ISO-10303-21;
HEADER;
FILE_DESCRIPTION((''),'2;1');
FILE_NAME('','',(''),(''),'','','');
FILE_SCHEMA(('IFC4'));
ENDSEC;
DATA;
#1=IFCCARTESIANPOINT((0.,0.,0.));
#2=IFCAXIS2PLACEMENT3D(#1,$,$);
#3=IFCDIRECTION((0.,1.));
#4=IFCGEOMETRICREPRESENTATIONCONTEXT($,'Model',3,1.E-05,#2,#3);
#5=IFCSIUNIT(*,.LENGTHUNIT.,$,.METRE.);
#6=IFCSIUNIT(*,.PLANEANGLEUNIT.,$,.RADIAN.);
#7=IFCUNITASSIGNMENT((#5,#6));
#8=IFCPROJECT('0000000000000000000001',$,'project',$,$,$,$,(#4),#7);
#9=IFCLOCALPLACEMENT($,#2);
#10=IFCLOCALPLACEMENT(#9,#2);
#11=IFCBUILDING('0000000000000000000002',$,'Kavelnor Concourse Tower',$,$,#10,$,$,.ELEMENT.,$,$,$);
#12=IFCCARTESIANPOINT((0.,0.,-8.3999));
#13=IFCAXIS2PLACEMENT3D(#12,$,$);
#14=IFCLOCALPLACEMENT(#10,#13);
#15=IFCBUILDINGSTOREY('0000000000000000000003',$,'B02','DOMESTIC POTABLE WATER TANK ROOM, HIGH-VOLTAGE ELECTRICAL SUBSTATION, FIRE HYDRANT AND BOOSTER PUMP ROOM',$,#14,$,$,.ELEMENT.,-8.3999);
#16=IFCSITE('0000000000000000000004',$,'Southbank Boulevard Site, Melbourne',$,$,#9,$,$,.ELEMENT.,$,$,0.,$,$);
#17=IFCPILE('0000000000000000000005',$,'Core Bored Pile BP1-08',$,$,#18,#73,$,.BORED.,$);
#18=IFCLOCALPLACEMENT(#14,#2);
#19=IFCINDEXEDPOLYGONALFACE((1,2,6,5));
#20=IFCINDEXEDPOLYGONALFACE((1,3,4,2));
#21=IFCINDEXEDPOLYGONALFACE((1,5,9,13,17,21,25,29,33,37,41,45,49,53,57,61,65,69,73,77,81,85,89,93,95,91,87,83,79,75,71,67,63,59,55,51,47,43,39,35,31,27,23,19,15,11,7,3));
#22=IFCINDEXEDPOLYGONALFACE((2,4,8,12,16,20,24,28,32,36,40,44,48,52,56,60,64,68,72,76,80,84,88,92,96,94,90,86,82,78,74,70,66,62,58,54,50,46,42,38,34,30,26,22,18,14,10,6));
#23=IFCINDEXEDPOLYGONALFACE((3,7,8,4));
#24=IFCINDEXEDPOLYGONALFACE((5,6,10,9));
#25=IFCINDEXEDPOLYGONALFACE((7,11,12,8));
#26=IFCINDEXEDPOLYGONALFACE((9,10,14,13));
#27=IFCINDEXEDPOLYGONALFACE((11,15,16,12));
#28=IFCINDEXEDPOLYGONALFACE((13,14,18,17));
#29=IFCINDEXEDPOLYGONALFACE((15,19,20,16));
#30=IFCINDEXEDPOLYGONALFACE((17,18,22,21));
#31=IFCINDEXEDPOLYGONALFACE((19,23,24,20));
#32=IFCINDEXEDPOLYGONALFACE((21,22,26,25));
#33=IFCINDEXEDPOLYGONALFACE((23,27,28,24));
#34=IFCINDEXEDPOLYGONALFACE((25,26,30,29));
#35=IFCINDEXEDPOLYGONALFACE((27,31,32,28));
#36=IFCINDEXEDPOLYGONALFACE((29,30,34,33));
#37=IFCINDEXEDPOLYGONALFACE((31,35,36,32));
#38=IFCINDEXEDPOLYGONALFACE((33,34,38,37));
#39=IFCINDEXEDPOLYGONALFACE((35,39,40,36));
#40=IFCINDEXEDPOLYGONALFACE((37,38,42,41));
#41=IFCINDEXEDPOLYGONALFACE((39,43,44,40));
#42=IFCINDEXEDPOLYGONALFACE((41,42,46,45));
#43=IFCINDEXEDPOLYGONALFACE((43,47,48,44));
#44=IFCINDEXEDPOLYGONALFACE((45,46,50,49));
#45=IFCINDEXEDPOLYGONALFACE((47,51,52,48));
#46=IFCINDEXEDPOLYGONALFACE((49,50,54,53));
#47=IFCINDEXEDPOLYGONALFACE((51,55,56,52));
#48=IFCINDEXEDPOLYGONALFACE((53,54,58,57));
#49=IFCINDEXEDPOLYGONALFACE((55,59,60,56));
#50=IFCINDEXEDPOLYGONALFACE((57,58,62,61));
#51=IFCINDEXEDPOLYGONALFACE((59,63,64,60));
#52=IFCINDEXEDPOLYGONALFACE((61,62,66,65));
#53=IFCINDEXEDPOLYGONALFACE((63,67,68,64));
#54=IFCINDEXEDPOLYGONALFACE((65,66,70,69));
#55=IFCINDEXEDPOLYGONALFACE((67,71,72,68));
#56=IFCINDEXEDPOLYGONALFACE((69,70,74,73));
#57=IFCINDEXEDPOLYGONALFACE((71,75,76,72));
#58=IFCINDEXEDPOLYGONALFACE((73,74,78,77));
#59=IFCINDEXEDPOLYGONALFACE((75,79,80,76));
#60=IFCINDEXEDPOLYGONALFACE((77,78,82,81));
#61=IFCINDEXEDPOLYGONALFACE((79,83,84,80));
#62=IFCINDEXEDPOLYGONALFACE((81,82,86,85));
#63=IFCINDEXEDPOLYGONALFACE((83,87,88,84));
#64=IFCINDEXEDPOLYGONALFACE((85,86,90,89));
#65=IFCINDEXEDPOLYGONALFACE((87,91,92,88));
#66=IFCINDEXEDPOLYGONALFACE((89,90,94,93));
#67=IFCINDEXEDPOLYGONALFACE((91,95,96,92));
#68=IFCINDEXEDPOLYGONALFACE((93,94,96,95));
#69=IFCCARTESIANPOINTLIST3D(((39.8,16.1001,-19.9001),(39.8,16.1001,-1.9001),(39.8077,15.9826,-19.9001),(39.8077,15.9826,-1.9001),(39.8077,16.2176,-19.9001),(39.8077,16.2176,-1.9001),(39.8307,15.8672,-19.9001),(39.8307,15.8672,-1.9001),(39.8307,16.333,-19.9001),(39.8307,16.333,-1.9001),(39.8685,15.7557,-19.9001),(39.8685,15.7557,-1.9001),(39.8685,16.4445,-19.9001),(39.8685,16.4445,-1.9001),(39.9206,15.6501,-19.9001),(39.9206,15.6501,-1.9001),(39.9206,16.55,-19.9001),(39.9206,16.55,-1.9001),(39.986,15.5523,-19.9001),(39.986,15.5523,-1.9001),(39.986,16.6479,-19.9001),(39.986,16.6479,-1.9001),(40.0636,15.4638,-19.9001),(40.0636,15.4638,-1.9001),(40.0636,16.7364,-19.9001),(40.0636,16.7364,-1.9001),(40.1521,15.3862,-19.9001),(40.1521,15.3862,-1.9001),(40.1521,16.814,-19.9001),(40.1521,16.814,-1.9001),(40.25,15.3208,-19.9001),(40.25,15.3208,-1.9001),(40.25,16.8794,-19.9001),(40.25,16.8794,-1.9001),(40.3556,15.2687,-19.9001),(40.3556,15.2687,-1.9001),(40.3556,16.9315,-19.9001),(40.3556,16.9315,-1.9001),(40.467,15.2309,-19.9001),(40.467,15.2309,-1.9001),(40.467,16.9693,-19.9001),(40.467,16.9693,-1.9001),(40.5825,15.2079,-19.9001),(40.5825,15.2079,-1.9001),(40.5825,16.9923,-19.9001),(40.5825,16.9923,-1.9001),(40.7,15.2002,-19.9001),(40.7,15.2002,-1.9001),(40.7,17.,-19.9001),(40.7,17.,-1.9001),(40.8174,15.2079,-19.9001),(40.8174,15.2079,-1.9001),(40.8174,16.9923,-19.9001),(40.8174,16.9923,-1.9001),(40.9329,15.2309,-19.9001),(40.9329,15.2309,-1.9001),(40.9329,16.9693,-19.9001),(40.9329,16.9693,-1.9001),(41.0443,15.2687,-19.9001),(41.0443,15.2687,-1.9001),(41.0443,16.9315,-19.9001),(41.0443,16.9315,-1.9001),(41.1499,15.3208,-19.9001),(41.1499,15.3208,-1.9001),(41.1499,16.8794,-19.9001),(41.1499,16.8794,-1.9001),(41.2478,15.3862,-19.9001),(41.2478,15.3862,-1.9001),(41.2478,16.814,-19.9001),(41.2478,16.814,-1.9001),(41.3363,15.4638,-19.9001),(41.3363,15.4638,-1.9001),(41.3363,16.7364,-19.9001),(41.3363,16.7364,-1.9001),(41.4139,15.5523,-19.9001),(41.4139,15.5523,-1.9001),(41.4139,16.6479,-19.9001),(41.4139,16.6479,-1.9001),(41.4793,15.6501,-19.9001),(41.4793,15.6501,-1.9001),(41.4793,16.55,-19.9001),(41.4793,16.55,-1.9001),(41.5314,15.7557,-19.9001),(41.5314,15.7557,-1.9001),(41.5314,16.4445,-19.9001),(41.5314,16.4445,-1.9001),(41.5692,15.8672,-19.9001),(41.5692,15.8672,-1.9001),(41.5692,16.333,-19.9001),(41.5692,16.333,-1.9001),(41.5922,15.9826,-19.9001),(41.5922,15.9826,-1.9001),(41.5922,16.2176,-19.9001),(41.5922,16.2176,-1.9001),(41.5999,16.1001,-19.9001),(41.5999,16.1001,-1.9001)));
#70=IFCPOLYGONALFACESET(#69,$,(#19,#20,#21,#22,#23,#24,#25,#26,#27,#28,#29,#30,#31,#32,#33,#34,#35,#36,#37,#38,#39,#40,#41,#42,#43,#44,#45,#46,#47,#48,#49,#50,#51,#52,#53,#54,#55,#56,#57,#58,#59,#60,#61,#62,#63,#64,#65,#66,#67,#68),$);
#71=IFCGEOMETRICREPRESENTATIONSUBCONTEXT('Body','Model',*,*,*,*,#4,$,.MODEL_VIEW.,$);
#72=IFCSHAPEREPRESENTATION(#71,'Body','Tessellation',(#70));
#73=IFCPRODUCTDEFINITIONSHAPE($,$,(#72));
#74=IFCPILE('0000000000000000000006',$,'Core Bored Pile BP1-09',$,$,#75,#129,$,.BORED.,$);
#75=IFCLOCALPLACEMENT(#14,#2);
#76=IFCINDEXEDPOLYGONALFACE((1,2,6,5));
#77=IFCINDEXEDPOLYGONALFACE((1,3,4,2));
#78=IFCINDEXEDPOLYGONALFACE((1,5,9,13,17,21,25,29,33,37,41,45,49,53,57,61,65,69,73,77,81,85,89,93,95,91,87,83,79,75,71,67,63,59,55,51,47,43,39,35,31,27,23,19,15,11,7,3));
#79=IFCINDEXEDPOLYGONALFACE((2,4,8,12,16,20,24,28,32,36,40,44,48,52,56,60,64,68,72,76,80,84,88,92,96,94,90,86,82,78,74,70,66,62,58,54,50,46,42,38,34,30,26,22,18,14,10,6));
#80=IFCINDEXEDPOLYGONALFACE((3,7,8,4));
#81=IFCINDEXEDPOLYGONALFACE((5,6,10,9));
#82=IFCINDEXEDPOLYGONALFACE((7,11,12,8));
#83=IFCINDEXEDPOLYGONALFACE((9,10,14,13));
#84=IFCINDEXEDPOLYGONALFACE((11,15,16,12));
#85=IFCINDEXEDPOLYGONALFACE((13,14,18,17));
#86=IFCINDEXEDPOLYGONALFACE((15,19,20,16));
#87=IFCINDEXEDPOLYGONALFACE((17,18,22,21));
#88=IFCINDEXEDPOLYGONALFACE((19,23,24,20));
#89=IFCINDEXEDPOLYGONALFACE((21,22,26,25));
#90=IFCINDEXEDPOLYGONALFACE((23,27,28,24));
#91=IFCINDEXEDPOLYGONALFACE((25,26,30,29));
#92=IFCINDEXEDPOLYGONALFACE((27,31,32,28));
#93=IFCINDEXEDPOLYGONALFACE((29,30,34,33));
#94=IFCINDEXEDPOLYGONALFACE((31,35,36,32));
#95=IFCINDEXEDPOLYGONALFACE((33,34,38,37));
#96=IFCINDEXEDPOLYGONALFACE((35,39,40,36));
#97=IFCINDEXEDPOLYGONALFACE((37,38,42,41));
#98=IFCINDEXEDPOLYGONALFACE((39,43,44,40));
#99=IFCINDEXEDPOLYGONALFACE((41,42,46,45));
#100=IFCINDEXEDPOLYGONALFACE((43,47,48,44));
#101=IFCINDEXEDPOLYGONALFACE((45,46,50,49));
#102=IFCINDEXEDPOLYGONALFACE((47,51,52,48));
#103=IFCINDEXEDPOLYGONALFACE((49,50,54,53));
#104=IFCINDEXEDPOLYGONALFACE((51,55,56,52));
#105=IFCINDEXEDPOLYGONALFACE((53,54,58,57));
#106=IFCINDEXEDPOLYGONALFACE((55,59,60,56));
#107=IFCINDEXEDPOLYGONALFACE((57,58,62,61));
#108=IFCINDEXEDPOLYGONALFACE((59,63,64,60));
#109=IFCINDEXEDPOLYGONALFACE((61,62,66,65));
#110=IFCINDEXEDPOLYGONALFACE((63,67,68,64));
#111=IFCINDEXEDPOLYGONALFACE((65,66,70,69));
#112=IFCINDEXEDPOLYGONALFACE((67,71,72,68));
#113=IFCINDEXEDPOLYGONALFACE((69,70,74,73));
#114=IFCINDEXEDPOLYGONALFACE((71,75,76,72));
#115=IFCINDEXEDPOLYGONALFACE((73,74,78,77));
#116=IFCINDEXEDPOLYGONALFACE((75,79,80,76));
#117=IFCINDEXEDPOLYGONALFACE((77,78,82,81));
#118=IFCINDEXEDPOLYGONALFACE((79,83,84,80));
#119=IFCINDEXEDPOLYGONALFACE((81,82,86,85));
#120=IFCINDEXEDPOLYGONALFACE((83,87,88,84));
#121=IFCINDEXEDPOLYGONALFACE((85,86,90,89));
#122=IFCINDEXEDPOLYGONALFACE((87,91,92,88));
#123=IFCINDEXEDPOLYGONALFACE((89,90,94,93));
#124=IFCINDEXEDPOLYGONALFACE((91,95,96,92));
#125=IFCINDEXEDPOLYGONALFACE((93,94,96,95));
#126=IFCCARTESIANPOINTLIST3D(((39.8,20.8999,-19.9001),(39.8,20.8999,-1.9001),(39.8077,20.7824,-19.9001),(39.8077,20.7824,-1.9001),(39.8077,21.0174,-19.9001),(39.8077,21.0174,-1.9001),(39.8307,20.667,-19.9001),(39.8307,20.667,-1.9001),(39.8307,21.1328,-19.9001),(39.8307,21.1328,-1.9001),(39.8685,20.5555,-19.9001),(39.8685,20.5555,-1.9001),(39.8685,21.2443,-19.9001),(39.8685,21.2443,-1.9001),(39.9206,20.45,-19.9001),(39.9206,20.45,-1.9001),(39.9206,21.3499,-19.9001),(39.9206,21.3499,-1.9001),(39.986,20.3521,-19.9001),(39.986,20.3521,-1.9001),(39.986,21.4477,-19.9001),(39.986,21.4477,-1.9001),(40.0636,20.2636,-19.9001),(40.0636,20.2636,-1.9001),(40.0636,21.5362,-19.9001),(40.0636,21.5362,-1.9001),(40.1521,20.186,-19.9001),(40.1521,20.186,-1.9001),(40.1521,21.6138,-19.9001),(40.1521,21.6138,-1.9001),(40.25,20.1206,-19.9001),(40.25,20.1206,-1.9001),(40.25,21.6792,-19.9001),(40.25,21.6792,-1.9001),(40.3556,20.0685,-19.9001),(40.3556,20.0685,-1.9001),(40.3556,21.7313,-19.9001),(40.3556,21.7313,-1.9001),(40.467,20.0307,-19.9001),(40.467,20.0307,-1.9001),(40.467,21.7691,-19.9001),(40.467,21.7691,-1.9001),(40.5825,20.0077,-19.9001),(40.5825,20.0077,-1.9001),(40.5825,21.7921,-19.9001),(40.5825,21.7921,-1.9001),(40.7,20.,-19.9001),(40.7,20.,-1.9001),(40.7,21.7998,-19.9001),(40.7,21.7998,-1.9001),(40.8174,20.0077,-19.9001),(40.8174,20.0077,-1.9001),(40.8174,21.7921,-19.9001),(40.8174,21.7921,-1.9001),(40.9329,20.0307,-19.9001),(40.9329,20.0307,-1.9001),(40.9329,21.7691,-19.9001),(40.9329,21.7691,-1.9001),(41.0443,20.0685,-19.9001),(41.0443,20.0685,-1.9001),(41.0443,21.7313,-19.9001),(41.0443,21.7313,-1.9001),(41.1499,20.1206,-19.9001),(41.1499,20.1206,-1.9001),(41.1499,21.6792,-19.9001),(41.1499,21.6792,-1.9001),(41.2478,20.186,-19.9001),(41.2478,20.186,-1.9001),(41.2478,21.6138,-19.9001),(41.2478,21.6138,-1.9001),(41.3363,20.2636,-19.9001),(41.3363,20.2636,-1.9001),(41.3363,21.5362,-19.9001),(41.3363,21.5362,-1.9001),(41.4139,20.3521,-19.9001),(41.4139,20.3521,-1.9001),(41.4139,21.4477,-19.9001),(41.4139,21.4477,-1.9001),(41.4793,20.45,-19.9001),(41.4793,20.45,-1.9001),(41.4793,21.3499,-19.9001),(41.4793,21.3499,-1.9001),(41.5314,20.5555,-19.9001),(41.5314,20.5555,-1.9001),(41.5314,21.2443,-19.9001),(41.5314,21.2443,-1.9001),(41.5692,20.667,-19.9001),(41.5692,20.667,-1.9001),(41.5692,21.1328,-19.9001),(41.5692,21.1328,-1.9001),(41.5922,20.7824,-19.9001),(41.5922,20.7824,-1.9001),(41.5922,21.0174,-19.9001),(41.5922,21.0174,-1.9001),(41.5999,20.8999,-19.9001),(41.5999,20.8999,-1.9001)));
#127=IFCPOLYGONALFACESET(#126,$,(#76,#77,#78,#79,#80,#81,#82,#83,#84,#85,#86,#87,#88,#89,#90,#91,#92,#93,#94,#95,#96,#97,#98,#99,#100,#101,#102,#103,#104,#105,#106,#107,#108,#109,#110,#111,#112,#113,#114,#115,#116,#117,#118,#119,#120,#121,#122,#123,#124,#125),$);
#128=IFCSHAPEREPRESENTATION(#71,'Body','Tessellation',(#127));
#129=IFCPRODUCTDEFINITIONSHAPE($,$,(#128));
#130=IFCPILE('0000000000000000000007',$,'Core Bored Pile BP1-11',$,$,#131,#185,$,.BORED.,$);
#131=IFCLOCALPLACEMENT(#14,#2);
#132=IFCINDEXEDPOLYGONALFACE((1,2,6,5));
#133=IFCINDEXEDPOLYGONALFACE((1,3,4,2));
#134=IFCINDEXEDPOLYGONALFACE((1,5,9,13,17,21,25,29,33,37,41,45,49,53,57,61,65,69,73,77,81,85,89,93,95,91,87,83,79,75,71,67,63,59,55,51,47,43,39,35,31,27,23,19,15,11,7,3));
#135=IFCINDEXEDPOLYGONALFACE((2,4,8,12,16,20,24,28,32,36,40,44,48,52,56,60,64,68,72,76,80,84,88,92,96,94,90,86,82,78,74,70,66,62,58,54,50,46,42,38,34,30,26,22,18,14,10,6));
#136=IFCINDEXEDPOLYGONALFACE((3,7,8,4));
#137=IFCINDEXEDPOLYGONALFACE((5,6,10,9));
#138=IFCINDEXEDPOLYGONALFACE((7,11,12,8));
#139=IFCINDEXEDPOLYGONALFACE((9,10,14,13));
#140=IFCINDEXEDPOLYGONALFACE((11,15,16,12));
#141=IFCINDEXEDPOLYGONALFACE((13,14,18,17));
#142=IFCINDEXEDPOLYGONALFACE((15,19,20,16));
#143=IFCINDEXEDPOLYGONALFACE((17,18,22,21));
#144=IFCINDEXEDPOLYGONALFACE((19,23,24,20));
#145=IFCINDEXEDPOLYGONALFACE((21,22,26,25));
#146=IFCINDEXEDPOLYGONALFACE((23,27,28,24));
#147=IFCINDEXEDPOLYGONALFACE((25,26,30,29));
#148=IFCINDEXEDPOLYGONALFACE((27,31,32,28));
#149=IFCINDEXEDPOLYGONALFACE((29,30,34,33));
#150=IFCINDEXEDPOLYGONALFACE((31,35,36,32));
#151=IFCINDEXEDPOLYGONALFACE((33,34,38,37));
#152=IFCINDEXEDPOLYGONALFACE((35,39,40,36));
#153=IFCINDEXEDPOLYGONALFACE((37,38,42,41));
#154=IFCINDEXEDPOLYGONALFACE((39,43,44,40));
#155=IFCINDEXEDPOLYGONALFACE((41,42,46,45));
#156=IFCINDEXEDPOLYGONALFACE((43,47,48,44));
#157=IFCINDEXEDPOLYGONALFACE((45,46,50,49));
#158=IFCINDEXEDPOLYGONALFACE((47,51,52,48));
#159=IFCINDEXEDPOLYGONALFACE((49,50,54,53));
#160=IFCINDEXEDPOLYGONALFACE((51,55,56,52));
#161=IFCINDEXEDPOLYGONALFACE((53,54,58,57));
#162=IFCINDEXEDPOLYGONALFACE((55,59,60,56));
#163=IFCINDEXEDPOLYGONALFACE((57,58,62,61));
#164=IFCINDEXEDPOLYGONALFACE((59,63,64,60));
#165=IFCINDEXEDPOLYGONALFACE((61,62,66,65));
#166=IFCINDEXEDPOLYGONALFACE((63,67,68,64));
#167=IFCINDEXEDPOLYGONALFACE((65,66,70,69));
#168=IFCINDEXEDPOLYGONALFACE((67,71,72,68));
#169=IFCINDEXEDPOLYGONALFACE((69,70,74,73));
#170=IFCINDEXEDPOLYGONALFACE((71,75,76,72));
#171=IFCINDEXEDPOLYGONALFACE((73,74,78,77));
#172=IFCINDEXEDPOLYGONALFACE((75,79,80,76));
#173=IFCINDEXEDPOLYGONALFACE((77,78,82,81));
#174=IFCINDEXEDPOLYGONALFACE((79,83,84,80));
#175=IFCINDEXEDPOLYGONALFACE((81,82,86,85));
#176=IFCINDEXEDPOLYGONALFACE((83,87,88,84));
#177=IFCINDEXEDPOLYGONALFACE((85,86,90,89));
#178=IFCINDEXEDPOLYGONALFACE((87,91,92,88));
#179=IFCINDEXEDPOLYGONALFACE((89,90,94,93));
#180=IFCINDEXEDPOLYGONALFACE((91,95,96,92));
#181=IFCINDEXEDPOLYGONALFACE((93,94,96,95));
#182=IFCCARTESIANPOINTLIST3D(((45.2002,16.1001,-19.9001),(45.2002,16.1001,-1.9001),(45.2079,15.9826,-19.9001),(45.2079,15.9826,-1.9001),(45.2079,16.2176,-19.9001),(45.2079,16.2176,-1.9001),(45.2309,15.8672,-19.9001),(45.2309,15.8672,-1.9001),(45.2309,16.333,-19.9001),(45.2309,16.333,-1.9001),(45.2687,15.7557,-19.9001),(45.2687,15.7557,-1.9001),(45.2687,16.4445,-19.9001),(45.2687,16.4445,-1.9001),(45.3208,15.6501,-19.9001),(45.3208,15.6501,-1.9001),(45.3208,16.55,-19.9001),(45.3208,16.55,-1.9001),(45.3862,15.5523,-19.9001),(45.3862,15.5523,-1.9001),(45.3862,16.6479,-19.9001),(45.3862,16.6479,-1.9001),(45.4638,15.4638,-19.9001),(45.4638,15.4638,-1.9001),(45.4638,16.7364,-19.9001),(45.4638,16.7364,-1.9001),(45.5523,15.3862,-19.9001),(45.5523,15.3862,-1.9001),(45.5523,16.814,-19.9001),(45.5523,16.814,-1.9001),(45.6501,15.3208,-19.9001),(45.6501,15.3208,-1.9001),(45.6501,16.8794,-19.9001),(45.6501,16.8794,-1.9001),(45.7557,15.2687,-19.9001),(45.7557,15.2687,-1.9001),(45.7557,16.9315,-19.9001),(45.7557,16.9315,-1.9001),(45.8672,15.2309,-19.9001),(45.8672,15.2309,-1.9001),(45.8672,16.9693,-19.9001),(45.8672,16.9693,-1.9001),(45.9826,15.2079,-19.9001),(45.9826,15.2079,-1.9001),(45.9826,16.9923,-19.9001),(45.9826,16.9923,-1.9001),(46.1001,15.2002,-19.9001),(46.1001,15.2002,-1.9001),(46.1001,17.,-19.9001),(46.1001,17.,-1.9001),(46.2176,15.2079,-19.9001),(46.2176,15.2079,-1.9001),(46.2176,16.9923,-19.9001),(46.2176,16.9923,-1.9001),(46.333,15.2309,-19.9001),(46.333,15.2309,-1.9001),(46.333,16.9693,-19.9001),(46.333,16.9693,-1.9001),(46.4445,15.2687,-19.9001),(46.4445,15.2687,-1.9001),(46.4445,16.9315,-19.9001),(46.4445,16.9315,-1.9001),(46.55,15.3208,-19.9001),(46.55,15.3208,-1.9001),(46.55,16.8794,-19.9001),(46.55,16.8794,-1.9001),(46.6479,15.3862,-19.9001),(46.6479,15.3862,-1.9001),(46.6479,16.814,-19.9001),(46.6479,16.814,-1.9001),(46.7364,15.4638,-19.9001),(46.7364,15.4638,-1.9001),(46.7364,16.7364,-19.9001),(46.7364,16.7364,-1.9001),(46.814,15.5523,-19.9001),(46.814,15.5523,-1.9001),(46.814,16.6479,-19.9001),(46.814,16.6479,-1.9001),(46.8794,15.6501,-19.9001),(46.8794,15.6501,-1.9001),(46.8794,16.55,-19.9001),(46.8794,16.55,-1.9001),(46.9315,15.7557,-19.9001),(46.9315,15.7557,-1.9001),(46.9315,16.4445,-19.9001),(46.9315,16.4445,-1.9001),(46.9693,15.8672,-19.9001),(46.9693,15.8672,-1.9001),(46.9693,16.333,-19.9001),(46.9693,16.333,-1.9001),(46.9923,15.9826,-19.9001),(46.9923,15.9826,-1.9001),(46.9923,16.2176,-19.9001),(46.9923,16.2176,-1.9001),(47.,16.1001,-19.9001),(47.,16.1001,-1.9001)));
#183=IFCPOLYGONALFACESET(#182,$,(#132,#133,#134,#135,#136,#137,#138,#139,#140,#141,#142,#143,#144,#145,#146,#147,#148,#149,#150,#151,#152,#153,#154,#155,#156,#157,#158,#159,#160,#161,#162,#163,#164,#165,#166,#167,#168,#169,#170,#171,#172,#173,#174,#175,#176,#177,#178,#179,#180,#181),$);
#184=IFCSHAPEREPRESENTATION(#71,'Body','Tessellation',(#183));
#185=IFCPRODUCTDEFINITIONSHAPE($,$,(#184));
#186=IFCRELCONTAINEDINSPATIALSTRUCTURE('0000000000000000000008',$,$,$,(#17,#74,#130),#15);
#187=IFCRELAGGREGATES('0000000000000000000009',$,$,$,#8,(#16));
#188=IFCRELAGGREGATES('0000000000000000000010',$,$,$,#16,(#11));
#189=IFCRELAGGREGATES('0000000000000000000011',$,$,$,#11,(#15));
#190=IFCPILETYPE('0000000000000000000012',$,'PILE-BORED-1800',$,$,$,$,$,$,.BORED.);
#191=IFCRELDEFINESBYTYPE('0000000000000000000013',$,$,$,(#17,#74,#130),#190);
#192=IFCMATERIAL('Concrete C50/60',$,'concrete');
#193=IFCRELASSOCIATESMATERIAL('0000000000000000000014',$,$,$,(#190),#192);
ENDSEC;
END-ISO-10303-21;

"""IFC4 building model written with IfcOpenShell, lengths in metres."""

from ifc_helpers import new_model, si_unit, direction, frame, origin, origin_2d, place, context, subcontext, project, spatial, circle, extrude, material, material_profile, profile_set, type_object, element, save


model = new_model("IFC4")

# Units and contexts
model_context = context("Model", 3, precision=1e-05, world=origin(), true_north=direction((0.0, 1.0)))
body_context = subcontext(model_context, "Body", "Model", "MODEL_VIEW")
ifc_project = project(units=[si_unit("LENGTHUNIT", "METRE"), si_unit("PLANEANGLEUNIT", "RADIAN")], contexts=[model_context])

# Site, building, storey
site_placement = place(None, origin())
site = spatial("IfcSite", under=ifc_project, at=site_placement, Name="Southbank Boulevard Site, Melbourne", CompositionType="ELEMENT", RefElevation=0.0)
building_placement = place(site_placement, origin())
building = spatial("IfcBuilding", under=site, at=building_placement, Name="Kavelnor Concourse Tower", CompositionType="ELEMENT")
storey_placement = place(building_placement, frame((0.0, 0.0, -8.3999)))
storey = spatial("IfcBuildingStorey", under=building, at=storey_placement, Name="B02", Description="DOMESTIC POTABLE WATER TANK ROOM, HIGH-VOLTAGE ELECTRICAL SUBSTATION, FIRE HYDRANT AND BOOSTER PUMP ROOM", CompositionType="ELEMENT", Elevation=-8.3999)

# Shared definitions
ifc_material_1 = material(Name="Concrete C50/60", Category="concrete")

# Piles
ifc_material_profile_1 = material_profile(ifc_material_1, circle(Radius=0.8999, at=origin_2d()), Name="PILE-D1800")
ifc_profile_set_1 = profile_set([ifc_material_profile_1], Name="Concrete C50/60")
pile_type_1 = type_object("IfcPileType", Name="PILE-BORED-1800", PredefinedType="BORED", material=ifc_profile_set_1)
for number, where, z_axis, x_axis, name in (
    (1, (40.7, 16.1001, -1.9001), (0.0, 0.0, -1.0), (1.0, 0.0, 0.0), "Core Bored Pile BP1-08"),
    (2, (40.7, 20.8999, -1.9001), (0.0, 0.0, -1.0), (1.0, 0.0, 0.0), "Core Bored Pile BP1-09"),
    (3, (46.1001, 16.1001, -1.9001), (0.0, 0.0, -1.0), (1.0, 0.0, 0.0), "Core Bored Pile BP1-11"),
):
    element("IfcPile", number, at=place(storey_placement, frame(where, z_axis=z_axis, x_axis=x_axis)), inside=storey, type_object=pile_type_1, Name=name, PredefinedType="BORED", context=body_context, shape_type="SweptSolid", body=[
        extrude(circle(Radius=0.8999, at=origin_2d()), origin(), (0.0, 0.0, 1.0), 18.0),
    ])

save(model, "model.ifc")
